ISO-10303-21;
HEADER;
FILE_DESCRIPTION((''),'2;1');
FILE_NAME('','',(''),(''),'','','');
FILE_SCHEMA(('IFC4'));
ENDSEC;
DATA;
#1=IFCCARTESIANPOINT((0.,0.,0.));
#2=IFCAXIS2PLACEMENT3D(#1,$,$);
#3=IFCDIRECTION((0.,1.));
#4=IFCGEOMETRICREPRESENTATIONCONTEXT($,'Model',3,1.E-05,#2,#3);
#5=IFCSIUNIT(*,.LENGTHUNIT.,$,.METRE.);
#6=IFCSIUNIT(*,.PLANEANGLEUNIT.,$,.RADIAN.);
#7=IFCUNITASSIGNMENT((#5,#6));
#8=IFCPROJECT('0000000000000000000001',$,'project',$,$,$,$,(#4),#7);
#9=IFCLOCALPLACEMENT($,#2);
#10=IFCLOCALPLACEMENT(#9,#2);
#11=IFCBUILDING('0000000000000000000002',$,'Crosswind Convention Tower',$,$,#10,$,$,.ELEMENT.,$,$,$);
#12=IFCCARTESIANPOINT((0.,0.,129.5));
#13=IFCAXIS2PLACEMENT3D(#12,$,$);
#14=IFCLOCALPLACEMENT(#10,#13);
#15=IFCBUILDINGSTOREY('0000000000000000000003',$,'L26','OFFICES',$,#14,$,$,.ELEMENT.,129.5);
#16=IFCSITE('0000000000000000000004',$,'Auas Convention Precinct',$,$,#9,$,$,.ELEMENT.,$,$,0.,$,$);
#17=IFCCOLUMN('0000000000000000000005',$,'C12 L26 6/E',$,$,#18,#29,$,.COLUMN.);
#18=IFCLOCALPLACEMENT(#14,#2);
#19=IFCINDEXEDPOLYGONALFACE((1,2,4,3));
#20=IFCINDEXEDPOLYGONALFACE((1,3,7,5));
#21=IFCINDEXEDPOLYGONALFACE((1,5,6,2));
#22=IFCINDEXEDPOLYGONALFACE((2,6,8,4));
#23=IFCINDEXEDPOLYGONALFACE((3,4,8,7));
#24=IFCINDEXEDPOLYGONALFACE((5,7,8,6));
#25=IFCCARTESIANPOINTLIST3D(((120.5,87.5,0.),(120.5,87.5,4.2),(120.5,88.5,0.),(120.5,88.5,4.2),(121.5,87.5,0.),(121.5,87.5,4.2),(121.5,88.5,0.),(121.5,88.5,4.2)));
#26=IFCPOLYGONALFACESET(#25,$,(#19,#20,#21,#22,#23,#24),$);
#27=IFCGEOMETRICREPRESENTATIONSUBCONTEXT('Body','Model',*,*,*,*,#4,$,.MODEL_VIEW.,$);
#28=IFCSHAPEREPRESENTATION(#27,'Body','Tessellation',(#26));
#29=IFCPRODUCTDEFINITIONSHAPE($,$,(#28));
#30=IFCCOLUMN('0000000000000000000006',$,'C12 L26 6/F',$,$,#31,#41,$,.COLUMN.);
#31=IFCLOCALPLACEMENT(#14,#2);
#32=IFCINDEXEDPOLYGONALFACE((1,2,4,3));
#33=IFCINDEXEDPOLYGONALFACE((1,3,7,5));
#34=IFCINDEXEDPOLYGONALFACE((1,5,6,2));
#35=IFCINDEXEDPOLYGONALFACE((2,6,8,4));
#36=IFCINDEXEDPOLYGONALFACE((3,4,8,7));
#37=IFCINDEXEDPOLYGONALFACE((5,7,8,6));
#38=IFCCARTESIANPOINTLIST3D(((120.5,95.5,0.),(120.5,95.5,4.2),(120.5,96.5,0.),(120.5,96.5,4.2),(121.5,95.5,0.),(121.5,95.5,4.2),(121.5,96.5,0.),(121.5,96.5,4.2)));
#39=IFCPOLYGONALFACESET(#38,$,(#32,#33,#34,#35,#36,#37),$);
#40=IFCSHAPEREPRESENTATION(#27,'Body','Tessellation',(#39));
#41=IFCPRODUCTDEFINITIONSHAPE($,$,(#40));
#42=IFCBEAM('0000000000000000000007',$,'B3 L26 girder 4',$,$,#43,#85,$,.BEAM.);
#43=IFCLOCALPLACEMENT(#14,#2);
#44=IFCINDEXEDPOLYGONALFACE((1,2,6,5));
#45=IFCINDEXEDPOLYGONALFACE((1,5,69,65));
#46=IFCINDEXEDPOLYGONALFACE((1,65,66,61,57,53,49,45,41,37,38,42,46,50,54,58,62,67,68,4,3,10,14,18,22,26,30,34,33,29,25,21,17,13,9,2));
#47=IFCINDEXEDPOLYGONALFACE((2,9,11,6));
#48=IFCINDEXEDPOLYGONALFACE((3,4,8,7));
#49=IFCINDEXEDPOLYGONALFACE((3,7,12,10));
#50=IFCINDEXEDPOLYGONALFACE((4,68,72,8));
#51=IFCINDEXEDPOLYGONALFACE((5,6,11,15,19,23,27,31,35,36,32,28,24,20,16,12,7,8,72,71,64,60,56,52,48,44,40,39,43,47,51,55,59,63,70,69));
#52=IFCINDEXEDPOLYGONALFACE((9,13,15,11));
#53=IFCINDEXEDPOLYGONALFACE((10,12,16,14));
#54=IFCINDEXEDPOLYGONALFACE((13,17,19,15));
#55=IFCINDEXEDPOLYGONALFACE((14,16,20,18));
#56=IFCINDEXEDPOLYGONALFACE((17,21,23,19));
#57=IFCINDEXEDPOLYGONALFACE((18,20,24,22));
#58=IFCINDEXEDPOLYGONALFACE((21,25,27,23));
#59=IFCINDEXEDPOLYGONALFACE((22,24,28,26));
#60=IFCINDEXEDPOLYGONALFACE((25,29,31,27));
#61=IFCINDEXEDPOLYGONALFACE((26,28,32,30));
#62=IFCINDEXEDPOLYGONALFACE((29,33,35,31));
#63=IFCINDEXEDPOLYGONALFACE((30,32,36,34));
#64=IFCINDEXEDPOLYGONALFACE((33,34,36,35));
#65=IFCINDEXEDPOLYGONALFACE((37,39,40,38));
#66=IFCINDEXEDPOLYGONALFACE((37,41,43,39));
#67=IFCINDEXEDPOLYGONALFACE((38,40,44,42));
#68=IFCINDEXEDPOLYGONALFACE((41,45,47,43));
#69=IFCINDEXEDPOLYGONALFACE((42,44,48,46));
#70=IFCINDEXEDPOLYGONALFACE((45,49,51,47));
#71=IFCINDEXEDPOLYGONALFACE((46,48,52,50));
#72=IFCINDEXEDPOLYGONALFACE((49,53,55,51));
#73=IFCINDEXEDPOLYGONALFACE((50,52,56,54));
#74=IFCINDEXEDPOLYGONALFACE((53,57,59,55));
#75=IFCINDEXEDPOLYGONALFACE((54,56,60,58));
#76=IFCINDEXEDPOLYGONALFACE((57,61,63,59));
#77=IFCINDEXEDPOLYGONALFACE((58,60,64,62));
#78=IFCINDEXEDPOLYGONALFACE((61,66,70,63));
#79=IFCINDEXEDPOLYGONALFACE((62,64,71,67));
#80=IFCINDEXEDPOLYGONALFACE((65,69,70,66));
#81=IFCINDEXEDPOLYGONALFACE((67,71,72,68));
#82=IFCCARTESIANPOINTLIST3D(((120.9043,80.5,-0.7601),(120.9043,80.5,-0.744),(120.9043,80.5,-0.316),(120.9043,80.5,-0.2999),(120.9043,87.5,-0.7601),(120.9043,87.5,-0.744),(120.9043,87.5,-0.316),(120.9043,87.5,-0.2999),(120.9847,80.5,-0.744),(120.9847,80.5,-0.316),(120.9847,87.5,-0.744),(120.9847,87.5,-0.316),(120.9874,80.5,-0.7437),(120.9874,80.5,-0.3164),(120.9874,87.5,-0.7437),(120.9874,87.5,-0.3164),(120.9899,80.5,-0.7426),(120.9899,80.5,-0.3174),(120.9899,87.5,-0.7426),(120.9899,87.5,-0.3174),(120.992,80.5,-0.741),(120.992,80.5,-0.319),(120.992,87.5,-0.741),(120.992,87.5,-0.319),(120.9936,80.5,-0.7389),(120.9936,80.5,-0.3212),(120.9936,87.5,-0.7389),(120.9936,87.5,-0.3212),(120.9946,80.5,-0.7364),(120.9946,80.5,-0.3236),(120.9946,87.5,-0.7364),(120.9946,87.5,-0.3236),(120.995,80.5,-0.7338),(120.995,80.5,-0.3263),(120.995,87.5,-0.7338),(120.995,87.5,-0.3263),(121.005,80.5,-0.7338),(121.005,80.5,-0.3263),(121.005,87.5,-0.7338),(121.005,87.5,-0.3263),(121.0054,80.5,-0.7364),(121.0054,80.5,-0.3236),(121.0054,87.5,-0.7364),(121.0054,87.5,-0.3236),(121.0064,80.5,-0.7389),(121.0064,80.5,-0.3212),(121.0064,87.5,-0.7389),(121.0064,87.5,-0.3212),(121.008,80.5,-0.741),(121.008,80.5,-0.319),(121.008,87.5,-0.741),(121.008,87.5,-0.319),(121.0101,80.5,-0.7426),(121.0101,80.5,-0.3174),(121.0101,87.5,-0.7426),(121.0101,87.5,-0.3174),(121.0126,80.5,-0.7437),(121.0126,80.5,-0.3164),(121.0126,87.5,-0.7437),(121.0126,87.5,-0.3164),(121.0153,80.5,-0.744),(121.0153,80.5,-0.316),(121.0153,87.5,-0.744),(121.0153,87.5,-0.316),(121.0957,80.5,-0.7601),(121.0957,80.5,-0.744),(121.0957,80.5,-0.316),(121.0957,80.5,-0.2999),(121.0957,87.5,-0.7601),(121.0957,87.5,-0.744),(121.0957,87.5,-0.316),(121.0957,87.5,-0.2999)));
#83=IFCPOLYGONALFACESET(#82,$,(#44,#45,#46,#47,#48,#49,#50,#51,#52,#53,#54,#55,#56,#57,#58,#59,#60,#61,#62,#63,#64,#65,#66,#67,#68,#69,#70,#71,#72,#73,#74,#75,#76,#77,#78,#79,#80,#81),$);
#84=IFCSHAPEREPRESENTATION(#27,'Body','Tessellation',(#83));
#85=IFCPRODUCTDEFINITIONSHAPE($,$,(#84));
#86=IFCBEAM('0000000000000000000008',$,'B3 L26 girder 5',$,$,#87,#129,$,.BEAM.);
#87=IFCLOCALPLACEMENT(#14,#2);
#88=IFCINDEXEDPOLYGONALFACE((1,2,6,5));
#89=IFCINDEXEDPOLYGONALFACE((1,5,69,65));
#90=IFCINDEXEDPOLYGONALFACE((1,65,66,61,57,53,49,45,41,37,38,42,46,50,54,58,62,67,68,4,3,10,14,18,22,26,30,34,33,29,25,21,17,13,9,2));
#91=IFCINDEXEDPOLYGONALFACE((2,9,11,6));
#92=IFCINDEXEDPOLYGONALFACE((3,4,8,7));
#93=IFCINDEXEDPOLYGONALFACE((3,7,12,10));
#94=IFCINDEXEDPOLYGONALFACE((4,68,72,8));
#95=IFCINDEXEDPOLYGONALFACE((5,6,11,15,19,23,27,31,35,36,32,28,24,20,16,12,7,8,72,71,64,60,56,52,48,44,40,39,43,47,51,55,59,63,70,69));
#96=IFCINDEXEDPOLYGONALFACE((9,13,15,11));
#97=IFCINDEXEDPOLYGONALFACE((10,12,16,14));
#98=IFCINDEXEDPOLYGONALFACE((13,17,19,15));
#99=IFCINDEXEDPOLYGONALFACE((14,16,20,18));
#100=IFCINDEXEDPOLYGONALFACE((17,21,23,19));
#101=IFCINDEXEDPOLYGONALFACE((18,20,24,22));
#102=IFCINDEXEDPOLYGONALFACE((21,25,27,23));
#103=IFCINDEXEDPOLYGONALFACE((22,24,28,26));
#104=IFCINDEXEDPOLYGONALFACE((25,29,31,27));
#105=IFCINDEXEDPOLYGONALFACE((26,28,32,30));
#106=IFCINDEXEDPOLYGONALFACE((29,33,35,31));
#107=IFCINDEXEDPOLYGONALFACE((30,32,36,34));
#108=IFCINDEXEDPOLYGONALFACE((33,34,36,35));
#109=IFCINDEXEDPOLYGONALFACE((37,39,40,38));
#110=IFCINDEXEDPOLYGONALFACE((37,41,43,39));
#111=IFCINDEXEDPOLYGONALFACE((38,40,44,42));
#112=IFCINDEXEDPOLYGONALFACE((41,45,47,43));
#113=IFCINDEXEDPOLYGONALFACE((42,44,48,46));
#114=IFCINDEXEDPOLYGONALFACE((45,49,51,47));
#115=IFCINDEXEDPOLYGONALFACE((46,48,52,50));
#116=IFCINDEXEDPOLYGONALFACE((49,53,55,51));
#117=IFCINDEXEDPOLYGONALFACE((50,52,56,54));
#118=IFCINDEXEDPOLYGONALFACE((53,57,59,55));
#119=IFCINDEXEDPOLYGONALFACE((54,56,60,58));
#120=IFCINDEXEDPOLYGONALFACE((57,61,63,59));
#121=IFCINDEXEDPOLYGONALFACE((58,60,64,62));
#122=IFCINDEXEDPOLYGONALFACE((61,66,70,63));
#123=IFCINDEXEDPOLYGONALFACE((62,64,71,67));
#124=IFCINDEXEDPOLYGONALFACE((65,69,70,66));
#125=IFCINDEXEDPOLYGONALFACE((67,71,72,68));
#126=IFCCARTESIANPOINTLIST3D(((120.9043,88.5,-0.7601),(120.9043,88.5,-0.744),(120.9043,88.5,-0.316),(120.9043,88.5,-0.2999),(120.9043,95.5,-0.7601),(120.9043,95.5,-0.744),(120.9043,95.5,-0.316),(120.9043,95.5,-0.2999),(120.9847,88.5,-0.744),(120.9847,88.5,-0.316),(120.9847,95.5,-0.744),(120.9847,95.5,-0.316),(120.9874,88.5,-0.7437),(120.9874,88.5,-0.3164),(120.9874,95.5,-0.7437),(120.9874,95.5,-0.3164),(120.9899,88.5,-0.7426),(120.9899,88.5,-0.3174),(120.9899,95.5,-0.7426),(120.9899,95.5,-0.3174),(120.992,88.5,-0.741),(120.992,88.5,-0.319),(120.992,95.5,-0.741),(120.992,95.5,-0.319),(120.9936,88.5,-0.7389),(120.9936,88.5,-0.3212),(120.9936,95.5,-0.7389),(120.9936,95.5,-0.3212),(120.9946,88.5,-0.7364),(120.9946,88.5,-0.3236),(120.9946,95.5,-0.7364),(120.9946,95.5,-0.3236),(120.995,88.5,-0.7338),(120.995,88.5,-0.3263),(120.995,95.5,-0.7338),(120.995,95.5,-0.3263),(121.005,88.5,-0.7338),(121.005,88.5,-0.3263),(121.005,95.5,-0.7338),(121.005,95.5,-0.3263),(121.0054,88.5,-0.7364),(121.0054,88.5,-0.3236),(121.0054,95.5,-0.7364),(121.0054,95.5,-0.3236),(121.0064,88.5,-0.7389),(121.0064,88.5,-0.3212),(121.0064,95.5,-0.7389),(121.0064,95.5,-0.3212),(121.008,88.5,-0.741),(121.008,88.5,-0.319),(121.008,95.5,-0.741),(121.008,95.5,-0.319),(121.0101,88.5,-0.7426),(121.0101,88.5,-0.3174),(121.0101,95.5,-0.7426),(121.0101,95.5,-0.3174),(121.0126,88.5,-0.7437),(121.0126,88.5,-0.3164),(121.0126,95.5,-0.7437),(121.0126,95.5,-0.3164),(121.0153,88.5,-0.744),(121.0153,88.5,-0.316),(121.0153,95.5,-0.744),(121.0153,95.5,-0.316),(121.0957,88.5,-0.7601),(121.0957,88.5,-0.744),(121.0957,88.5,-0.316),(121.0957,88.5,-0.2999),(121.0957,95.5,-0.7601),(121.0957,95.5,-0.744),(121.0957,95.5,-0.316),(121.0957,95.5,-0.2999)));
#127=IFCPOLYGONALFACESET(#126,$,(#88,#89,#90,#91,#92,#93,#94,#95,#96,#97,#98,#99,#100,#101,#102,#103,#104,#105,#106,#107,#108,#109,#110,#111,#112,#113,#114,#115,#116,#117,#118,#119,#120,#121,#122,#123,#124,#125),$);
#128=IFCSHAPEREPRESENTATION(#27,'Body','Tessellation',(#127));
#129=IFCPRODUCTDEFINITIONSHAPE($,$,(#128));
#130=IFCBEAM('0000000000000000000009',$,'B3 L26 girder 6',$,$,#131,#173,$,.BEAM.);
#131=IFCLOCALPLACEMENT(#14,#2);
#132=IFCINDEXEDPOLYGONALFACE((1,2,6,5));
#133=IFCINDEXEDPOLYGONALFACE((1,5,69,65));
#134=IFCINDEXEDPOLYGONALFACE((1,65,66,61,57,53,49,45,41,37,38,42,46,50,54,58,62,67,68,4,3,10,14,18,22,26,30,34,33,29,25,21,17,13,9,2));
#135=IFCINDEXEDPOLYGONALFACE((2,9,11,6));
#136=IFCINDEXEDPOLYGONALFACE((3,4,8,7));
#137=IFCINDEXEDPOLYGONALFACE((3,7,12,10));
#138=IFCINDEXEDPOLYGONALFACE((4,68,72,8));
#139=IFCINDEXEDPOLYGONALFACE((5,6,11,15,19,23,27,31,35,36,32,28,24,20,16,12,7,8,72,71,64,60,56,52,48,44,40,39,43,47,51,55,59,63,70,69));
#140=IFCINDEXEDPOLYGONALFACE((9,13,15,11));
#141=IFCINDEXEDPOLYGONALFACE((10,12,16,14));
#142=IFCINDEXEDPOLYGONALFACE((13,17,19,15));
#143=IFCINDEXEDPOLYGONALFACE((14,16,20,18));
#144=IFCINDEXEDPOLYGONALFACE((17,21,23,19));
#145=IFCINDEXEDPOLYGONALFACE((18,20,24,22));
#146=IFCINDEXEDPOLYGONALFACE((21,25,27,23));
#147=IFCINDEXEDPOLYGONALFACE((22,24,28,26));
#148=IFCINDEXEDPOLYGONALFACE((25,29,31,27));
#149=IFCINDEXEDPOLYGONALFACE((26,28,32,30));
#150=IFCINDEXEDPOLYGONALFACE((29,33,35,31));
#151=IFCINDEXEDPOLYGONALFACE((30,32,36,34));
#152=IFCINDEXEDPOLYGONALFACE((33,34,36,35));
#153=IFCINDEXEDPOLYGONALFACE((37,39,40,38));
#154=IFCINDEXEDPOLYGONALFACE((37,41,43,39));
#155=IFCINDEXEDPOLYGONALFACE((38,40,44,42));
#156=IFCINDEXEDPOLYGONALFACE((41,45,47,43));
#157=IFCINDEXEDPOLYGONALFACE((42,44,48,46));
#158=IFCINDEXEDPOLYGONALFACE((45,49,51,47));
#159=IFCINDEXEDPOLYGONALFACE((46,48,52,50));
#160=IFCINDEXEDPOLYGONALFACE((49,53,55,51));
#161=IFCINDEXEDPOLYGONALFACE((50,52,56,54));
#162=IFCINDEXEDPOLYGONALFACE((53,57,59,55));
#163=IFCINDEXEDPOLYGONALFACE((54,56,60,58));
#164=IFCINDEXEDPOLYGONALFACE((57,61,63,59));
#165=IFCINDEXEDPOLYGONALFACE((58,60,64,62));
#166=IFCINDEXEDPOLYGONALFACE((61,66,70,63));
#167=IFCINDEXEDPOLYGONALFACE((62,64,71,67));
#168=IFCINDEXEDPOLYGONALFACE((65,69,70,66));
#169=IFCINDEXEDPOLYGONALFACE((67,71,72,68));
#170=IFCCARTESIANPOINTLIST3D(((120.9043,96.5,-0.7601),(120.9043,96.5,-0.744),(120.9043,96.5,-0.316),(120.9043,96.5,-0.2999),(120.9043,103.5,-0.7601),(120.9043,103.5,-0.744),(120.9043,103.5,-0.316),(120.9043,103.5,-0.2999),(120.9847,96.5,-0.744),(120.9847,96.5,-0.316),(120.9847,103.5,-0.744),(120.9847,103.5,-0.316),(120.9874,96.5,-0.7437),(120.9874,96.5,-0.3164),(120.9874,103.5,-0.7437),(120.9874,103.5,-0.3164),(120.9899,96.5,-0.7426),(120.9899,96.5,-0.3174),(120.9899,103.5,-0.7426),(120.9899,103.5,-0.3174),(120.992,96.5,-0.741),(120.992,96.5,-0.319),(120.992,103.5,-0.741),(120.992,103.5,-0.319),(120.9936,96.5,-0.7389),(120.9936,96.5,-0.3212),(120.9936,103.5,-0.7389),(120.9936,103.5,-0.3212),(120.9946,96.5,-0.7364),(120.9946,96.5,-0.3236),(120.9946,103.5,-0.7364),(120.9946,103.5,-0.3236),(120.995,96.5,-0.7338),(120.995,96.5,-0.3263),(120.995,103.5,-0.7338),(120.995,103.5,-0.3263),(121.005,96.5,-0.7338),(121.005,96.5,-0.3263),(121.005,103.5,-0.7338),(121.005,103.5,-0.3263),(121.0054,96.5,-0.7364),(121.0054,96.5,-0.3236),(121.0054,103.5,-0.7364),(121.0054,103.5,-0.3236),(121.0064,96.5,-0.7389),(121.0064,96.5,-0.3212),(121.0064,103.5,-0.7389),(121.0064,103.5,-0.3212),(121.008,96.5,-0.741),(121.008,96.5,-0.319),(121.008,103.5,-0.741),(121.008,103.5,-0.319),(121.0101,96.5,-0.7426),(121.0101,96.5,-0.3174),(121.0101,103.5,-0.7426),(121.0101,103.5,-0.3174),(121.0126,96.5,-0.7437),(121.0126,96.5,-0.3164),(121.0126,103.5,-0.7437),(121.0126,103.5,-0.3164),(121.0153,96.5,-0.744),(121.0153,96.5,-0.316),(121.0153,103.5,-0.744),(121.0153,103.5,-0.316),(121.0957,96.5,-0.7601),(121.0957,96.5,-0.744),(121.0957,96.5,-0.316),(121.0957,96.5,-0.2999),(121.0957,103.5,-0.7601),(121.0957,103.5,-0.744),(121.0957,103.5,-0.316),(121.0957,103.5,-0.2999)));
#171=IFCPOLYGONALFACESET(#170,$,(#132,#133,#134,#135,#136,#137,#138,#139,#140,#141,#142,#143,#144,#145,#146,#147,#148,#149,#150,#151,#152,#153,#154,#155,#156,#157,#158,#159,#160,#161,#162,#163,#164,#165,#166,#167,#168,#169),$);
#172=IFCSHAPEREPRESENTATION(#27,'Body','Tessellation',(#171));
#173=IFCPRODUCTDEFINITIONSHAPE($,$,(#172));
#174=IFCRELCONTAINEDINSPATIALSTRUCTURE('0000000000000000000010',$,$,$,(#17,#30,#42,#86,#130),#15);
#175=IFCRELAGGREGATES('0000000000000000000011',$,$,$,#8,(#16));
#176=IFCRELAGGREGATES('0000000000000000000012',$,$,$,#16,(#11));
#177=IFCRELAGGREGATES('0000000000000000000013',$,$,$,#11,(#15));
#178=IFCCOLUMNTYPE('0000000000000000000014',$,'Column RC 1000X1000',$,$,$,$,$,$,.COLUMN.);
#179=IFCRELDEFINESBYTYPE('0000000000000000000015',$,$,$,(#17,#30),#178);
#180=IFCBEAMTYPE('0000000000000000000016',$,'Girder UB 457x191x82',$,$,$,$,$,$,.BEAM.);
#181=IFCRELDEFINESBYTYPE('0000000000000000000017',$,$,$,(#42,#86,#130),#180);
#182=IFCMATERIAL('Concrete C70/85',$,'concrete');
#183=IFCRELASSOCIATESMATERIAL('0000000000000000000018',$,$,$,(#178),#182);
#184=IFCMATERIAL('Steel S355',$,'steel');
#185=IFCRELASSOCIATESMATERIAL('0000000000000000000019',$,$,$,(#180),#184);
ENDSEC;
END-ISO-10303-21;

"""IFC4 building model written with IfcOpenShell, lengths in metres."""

from ifc_helpers import new_model, si_unit, direction, frame, origin, origin_2d, place, context, subcontext, project, spatial, rectangle, i_section, extrude, material, material_profile, profile_set, type_object, element, save


model = new_model("IFC4")

# Units and contexts
model_context = context("Model", 3, precision=1e-05, world=origin(), true_north=direction((0.0, 1.0)))
body_context = subcontext(model_context, "Body", "Model", "MODEL_VIEW")
ifc_project = project(units=[si_unit("LENGTHUNIT", "METRE"), si_unit("PLANEANGLEUNIT", "RADIAN")], contexts=[model_context])

# Site, building, storey
site_placement = place(None, origin())
site = spatial("IfcSite", under=ifc_project, at=site_placement, Name="Auas Convention Precinct", CompositionType="ELEMENT", RefElevation=0.0)
building_placement = place(site_placement, origin())
building = spatial("IfcBuilding", under=site, at=building_placement, Name="Crosswind Convention Tower", CompositionType="ELEMENT")
storey_placement = place(building_placement, frame((0.0, 0.0, 129.5)))
storey = spatial("IfcBuildingStorey", under=building, at=storey_placement, Name="L26", Description="OFFICES", CompositionType="ELEMENT", Elevation=129.5)

# Columns
ifc_material_1 = material(Name="Concrete C70/85", Category="concrete")
ifc_material_profile_1 = material_profile(ifc_material_1, rectangle(XDim=1.0, YDim=1.0, at=origin_2d()), Name="RC 1000X1000")
ifc_profile_set_1 = profile_set([ifc_material_profile_1], Name="Concrete C70/85")
column_type = type_object("IfcColumnType", Name="Column RC 1000X1000", PredefinedType="COLUMN", material=ifc_profile_set_1)
for number, where, z_axis, x_axis, name in (
    (1, (121.0, 88.0, 0.0), (0.0, 0.0, 1.0), (1.0, 0.0, 0.0), "C12 L26 6/E"),
    (2, (121.0, 96.0, 0.0), (0.0, 0.0, 1.0), (1.0, 0.0, 0.0), "C12 L26 6/F"),
):
    element("IfcColumn", number, at=place(storey_placement, frame(where, z_axis=z_axis, x_axis=x_axis)), inside=storey, type_object=column_type, Name=name, PredefinedType="COLUMN", context=body_context, shape_type="SweptSolid", body=[
        extrude(rectangle(XDim=1.0, YDim=1.0, at=origin_2d()), origin(), (0.0, 0.0, 1.0), 4.2),
    ])

# Beams
ifc_material_2 = material(Name="Steel S355", Category="steel")
ifc_material_profile_2 = material_profile(ifc_material_2, i_section(OverallWidth=0.1914, OverallDepth=0.4602, WebThickness=0.01, FlangeThickness=0.0161, FilletRadius=0.0103, at=origin_2d()), Name="UB 457x191x82")
ifc_profile_set_2 = profile_set([ifc_material_profile_2], Name="Steel S355")
beam_type_1 = type_object("IfcBeamType", Name="Girder UB 457x191x82", PredefinedType="BEAM", material=ifc_profile_set_2)
for number, where, z_axis, x_axis, name in (
    (3, (121.0, 80.5, -0.53), (0.0, 1.0, 0.0), (-1.0, 0.0, 0.0), "B3 L26 girder 4"),
    (4, (121.0, 88.5, -0.53), (0.0, 1.0, 0.0), (-1.0, 0.0, 0.0), "B3 L26 girder 5"),
    (5, (121.0, 96.5, -0.53), (0.0, 1.0, 0.0), (-1.0, 0.0, 0.0), "B3 L26 girder 6"),
):
    element("IfcBeam", number, at=place(storey_placement, frame(where, z_axis=z_axis, x_axis=x_axis)), inside=storey, type_object=beam_type_1, Name=name, PredefinedType="BEAM", context=body_context, shape_type="SweptSolid", body=[
        extrude(i_section(OverallWidth=0.1914, OverallDepth=0.4602, WebThickness=0.01, FlangeThickness=0.0161, FilletRadius=0.0103, at=origin_2d()), origin(), (0.0, 0.0, 1.0), 7.0),
    ])

save(model, "model.ifc")
